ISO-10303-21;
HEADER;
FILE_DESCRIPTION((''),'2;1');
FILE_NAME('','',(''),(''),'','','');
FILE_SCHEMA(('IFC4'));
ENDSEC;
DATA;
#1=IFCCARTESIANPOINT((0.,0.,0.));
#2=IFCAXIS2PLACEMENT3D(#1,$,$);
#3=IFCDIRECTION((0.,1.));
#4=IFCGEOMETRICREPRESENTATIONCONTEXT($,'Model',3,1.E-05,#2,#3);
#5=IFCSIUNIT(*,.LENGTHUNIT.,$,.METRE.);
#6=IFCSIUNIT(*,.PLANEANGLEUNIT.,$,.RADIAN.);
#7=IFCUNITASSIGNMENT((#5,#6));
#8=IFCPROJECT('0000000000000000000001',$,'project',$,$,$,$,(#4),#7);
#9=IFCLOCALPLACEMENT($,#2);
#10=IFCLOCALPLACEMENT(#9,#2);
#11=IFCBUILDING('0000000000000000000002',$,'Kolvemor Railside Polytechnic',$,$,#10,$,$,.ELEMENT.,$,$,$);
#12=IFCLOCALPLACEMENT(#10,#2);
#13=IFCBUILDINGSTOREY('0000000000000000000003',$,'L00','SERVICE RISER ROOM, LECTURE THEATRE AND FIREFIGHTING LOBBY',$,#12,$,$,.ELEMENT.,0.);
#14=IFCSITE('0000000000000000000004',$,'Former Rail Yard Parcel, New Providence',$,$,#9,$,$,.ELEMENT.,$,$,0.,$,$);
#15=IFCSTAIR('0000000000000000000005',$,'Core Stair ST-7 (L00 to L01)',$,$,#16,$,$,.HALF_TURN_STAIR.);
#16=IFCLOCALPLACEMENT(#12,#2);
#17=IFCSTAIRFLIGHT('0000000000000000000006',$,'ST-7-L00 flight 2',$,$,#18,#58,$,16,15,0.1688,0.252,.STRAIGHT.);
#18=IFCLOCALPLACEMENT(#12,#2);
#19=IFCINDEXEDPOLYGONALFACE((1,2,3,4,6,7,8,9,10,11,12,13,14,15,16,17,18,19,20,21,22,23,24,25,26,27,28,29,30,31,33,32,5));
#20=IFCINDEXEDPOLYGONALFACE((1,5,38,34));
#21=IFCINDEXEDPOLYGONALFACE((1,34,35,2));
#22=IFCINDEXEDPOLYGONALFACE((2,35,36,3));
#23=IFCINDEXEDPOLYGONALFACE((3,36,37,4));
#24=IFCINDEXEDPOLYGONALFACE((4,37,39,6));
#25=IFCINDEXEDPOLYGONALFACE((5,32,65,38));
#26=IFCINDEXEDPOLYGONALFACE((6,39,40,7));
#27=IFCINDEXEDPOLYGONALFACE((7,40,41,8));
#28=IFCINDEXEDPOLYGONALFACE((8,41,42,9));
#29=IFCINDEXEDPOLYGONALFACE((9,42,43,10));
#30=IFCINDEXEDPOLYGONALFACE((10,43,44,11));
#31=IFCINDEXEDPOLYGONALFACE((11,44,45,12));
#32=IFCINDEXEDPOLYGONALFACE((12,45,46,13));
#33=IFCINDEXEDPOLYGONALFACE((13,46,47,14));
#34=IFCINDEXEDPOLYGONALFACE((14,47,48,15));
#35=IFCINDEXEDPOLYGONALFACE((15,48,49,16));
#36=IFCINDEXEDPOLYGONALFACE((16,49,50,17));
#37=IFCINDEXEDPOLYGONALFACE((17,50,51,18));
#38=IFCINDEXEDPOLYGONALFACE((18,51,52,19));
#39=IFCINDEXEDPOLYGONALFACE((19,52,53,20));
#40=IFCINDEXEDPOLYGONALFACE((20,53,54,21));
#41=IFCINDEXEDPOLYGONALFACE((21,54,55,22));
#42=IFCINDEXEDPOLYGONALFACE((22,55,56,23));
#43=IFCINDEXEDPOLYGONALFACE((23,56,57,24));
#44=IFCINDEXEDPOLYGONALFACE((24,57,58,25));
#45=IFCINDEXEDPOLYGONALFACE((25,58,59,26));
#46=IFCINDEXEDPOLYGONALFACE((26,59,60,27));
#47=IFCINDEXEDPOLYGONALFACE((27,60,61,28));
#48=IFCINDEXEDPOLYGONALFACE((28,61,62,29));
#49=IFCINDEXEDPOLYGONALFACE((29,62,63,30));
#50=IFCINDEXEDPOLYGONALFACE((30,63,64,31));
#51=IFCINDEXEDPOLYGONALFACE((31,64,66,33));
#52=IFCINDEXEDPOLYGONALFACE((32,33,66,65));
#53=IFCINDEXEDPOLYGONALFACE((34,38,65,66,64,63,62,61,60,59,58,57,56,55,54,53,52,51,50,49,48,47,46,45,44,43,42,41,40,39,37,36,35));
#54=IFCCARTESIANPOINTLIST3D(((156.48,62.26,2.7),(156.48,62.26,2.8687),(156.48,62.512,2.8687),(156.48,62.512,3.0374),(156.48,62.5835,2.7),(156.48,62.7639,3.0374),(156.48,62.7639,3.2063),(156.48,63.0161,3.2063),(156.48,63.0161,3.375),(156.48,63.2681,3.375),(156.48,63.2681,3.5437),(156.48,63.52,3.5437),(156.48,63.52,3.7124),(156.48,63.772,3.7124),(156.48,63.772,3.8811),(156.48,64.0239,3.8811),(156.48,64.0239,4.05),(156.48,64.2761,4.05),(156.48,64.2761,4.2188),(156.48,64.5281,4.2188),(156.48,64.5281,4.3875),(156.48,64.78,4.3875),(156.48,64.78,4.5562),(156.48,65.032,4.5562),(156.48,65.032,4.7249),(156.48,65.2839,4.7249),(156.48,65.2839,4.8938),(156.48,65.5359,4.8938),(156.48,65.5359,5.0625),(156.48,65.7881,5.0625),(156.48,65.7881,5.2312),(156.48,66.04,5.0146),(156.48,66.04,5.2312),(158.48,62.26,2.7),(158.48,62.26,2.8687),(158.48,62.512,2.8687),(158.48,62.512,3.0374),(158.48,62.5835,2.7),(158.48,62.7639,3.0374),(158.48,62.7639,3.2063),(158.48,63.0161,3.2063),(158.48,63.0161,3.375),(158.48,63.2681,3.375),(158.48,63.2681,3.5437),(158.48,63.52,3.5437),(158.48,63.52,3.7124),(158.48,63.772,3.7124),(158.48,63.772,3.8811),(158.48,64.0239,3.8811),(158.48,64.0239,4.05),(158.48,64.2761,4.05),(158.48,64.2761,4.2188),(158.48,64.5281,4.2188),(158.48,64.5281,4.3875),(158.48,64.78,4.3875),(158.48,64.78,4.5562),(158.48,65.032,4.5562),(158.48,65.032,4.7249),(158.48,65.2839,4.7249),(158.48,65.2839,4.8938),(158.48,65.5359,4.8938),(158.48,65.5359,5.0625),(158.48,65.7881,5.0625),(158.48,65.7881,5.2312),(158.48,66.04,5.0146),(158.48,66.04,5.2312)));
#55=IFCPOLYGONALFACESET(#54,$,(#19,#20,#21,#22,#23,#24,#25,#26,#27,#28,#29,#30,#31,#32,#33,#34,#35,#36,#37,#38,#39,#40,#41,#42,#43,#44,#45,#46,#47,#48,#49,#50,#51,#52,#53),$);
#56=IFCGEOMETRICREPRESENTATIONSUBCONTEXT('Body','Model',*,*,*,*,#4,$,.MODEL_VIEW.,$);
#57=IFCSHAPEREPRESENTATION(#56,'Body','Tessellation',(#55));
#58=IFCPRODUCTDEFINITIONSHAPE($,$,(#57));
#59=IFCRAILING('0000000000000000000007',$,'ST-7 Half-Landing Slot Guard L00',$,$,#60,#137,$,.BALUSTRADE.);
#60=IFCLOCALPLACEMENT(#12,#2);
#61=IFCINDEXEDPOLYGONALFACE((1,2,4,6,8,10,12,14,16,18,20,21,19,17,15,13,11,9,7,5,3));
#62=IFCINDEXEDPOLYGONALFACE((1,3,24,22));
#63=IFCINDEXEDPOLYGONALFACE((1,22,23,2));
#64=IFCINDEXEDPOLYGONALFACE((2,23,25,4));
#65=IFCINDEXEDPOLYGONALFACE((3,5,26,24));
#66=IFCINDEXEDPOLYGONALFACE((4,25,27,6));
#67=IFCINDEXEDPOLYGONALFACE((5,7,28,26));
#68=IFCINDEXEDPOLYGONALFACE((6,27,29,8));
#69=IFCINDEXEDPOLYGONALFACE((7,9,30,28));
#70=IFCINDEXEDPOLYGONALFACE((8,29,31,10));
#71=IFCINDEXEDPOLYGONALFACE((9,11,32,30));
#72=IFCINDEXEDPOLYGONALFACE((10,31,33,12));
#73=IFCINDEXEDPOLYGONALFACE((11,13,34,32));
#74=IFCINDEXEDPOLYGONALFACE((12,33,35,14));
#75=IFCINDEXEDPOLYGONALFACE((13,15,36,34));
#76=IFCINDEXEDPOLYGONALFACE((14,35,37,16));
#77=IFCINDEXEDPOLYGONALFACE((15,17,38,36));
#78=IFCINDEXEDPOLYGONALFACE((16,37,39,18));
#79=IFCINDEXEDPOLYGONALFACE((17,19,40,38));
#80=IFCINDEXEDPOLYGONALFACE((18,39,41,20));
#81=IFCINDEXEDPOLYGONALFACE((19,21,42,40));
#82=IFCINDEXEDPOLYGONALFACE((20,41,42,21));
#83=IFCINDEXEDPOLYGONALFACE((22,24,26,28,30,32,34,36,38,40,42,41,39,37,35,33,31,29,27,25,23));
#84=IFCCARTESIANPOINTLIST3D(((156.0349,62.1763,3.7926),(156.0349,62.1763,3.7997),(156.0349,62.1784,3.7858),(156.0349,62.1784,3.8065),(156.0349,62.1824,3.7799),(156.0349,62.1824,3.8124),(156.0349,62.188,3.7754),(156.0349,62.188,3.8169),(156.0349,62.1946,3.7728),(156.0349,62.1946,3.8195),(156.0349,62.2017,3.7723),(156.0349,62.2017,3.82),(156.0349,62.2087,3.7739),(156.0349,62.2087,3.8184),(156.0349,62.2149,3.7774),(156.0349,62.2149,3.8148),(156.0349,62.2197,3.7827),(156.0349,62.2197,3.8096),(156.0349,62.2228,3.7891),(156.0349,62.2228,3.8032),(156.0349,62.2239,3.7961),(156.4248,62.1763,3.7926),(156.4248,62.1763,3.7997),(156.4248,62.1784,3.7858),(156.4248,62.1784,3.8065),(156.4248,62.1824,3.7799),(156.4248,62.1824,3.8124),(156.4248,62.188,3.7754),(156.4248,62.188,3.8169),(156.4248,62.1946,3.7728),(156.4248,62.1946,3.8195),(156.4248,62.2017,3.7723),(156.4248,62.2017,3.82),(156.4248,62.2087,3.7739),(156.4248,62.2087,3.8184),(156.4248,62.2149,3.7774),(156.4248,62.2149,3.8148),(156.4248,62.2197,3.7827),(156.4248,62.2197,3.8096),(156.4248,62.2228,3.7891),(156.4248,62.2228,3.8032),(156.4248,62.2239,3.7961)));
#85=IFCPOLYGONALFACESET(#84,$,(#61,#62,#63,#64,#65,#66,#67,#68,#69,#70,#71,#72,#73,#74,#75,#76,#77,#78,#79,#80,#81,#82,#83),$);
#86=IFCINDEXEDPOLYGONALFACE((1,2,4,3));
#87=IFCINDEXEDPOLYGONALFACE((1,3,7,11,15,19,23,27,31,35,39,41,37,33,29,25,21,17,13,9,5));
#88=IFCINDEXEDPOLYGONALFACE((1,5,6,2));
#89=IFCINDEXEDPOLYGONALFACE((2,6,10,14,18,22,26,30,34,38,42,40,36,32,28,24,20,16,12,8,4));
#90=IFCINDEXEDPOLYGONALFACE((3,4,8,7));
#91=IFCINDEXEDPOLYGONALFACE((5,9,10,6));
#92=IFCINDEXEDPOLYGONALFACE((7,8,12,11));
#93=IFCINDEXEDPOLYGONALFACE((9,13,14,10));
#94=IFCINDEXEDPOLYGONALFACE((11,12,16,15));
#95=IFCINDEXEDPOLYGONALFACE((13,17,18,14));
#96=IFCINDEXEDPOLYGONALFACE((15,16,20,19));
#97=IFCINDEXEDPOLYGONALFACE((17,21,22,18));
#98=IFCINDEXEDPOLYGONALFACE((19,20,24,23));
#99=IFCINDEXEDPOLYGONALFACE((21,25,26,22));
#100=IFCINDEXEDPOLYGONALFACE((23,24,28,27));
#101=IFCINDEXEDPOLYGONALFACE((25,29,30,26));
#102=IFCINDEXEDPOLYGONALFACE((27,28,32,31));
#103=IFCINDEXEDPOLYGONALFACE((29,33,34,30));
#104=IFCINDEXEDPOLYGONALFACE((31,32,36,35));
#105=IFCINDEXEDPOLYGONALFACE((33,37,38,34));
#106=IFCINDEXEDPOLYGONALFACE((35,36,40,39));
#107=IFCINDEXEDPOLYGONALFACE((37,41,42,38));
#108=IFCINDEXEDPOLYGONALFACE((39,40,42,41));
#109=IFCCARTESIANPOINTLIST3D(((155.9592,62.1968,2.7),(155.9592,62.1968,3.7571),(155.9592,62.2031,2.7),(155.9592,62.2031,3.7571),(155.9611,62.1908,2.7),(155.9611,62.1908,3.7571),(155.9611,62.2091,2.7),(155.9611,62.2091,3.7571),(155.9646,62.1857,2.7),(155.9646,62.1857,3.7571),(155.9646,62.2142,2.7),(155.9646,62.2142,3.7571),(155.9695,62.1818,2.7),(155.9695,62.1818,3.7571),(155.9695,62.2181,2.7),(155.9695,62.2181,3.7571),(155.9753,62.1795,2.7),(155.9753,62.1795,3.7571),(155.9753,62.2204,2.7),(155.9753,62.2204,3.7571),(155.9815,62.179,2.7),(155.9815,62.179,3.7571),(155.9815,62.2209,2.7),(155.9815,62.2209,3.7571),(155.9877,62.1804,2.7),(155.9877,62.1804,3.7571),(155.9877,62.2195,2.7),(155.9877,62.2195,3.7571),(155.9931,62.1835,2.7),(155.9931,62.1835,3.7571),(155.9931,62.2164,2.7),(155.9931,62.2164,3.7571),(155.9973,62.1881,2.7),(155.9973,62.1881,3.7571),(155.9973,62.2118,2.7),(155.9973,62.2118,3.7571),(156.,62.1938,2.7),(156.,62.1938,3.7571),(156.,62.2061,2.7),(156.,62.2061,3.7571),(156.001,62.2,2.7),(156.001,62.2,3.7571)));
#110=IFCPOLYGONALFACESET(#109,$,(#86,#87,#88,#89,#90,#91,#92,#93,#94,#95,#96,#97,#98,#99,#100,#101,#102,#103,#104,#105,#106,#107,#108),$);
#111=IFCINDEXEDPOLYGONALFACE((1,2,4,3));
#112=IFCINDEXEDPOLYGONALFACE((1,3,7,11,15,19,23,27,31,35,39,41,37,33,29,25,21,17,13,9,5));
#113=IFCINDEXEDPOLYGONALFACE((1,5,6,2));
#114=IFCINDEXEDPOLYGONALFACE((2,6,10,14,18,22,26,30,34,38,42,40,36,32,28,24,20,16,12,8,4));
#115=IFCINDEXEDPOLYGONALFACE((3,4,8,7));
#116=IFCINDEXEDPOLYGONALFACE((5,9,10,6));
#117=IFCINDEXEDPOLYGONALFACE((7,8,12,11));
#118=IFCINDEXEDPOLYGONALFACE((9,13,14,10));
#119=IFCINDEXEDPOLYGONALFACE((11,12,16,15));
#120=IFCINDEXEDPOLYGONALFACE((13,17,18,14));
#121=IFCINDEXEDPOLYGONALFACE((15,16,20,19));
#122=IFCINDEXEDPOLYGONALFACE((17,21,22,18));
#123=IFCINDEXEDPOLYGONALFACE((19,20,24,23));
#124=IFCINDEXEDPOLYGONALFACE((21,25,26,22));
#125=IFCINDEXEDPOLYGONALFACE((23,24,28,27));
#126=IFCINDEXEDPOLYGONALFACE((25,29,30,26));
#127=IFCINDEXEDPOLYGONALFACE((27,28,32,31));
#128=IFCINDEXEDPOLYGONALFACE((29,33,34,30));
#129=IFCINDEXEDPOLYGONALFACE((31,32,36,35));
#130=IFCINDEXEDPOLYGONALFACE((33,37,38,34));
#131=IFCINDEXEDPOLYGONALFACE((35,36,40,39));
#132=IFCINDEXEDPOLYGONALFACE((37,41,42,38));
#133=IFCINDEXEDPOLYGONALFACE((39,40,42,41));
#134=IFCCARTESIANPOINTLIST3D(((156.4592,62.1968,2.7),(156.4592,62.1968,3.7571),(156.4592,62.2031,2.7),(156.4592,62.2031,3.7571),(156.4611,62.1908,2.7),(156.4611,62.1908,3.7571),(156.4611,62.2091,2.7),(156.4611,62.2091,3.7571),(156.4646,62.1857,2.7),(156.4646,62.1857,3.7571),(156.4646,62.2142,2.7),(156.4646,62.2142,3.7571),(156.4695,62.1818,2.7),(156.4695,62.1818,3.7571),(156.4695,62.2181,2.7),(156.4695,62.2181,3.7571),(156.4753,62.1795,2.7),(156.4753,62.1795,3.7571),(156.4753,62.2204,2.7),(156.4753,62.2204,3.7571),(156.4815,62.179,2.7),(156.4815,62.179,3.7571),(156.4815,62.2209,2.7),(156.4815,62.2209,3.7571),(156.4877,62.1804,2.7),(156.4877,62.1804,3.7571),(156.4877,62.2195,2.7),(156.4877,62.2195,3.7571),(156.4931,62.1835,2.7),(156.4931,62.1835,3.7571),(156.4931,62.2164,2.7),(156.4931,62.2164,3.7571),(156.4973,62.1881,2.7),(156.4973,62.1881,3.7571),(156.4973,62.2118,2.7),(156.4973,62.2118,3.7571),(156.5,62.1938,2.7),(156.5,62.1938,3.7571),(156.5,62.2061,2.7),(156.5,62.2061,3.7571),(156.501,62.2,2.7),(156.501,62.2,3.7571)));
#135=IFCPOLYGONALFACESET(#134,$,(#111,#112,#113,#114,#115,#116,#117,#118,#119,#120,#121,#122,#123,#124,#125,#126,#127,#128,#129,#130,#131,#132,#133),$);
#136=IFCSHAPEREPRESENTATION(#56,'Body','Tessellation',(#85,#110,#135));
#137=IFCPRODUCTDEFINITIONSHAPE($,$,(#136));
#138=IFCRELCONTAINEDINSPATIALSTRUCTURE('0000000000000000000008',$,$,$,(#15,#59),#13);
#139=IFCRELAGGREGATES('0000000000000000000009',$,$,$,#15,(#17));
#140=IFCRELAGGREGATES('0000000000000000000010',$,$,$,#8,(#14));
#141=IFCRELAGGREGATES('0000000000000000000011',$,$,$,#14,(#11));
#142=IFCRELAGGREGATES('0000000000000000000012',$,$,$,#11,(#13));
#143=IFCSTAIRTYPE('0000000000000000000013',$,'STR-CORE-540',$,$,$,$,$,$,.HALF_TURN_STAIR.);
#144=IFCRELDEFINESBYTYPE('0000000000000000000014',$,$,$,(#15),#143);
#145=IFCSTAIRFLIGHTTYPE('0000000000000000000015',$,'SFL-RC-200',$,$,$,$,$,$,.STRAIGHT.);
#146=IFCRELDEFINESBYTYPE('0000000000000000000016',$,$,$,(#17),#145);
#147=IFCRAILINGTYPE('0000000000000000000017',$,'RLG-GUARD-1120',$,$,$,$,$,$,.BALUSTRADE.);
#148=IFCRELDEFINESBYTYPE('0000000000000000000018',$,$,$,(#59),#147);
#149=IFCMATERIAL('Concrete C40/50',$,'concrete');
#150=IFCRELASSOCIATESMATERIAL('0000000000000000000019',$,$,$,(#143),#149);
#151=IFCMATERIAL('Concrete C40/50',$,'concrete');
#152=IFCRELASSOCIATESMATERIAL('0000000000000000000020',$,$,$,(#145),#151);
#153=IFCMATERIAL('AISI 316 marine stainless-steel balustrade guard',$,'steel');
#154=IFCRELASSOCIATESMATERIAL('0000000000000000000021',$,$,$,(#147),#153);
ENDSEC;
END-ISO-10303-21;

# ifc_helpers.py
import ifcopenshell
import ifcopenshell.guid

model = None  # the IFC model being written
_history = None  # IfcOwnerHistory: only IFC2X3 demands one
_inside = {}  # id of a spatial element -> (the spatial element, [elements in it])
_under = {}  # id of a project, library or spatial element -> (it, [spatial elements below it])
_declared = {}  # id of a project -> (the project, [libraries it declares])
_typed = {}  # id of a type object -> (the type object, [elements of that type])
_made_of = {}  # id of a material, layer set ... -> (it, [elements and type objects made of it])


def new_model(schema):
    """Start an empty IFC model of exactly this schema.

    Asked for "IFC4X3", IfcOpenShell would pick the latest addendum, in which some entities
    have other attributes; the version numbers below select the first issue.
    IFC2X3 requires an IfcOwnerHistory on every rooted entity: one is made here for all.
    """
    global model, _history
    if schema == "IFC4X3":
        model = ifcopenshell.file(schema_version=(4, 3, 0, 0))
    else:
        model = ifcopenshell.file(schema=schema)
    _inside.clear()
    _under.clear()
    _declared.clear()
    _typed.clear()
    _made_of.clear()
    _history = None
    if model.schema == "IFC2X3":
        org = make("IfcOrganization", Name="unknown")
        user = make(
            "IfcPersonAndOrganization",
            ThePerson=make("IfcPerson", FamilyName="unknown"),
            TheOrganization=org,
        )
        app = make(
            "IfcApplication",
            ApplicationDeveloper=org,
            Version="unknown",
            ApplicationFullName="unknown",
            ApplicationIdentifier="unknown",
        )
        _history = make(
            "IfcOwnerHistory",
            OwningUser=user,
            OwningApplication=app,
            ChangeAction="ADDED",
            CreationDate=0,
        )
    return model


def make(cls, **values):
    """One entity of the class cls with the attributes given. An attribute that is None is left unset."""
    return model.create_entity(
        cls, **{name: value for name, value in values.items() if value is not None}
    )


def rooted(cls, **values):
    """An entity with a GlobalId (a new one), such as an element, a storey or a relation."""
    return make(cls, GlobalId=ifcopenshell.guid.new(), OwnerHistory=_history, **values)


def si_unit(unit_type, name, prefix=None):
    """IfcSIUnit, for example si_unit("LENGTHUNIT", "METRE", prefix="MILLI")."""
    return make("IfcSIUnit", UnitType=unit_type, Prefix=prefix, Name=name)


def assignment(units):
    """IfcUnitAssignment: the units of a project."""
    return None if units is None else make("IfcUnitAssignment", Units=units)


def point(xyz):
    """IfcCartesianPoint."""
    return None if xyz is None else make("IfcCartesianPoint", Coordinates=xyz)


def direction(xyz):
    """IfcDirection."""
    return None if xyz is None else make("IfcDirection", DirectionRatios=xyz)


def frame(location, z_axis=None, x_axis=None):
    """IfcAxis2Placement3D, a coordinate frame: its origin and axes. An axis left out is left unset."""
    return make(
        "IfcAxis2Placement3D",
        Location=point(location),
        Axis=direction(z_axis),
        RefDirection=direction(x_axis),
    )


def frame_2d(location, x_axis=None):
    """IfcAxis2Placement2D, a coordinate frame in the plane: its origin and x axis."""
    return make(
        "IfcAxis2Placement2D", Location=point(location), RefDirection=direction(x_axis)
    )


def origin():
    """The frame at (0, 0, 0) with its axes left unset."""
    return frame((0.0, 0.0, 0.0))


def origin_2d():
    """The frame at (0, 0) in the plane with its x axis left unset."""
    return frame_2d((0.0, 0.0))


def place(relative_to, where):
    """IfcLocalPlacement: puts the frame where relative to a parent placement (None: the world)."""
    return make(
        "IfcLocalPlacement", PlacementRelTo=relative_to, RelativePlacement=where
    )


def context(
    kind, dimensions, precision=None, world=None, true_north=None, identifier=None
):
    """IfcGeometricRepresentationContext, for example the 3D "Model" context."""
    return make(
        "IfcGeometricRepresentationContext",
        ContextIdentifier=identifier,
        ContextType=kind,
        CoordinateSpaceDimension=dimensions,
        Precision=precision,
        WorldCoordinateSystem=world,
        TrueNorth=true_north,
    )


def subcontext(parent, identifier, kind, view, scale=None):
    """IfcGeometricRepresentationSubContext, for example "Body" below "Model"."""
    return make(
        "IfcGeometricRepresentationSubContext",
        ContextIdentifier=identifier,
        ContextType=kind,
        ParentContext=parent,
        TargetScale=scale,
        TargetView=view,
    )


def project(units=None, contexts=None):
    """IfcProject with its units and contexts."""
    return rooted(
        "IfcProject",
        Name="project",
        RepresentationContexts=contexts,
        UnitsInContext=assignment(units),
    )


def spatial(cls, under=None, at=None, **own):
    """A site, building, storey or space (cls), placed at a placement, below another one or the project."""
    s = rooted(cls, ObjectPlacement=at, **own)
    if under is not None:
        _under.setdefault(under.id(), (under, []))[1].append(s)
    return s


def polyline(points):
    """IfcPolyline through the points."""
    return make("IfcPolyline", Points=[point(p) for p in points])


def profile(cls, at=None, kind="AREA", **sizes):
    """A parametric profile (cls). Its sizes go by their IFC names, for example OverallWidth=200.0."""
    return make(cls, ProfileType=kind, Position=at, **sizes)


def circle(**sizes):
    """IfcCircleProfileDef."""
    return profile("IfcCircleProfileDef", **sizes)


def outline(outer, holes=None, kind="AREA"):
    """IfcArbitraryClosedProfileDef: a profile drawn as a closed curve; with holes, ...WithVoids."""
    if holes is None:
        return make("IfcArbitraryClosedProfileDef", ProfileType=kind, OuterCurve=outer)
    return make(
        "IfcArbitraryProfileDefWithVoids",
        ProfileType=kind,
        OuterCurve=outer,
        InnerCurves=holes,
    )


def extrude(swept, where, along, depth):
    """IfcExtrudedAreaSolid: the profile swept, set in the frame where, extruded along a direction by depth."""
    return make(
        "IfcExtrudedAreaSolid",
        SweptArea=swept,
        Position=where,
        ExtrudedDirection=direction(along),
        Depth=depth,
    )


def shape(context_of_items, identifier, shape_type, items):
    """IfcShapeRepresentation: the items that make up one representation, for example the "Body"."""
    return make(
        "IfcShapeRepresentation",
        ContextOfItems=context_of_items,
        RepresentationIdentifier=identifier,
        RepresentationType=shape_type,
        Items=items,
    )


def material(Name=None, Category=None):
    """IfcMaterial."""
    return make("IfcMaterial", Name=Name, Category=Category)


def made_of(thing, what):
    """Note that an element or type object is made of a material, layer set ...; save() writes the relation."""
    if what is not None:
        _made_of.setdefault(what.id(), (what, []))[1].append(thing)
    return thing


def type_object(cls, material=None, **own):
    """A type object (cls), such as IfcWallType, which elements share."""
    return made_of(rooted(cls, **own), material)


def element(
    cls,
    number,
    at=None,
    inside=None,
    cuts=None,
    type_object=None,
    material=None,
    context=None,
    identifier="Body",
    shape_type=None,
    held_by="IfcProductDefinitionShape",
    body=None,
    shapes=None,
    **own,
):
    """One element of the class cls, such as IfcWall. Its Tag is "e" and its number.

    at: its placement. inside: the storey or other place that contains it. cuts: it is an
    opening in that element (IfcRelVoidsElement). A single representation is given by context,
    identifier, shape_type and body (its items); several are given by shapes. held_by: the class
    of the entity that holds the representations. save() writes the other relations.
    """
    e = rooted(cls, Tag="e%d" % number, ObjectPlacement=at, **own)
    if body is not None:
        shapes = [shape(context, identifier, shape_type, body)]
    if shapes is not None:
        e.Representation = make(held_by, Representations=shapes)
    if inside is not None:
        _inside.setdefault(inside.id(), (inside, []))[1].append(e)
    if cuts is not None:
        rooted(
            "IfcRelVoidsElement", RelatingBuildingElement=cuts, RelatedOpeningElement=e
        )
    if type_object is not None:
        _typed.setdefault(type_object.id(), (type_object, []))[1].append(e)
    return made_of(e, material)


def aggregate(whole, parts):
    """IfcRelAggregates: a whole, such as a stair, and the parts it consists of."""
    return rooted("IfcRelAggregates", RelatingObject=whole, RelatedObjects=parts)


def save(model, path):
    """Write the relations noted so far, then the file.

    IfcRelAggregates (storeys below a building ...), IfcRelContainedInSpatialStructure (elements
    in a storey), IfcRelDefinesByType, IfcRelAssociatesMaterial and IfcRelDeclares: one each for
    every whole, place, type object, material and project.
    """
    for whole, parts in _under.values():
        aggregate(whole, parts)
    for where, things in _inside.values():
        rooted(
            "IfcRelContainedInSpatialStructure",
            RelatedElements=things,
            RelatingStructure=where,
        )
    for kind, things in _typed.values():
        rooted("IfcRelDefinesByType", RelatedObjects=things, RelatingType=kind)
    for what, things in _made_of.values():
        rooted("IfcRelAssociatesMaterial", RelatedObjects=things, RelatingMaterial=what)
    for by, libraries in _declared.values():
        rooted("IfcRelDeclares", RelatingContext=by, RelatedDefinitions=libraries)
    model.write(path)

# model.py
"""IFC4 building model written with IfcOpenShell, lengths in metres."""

from ifc_helpers import new_model, si_unit, direction, frame, origin, origin_2d, place, context, subcontext, project, spatial, polyline, circle, outline, extrude, material, type_object, element, aggregate, save


model = new_model("IFC4")

# Units and contexts
model_context = context("Model", 3, precision=1e-05, world=origin(), true_north=direction((0.0, 1.0)))
body_context = subcontext(model_context, "Body", "Model", "MODEL_VIEW")
ifc_project = project(units=[si_unit("LENGTHUNIT", "METRE"), si_unit("PLANEANGLEUNIT", "RADIAN")], contexts=[model_context])

# Site, building, storey
site_placement = place(None, origin())
site = spatial("IfcSite", under=ifc_project, at=site_placement, Name="Former Rail Yard Parcel, New Providence", CompositionType="ELEMENT", RefElevation=0.0)
building_placement = place(site_placement, origin())
building = spatial("IfcBuilding", under=site, at=building_placement, Name="Kolvemor Railside Polytechnic", CompositionType="ELEMENT")
storey_placement = place(building_placement, origin())
storey = spatial("IfcBuildingStorey", under=building, at=storey_placement, Name="L00", Description="SERVICE RISER ROOM, LECTURE THEATRE AND FIREFIGHTING LOBBY", CompositionType="ELEMENT", Elevation=0.0)

# Stair, stair flight
ifc_material_1 = material(Name="Concrete C40/50", Category="concrete")
stair_type = type_object("IfcStairType", Name="STR-CORE-540", PredefinedType="HALF_TURN_STAIR", material=ifc_material_1)
stair_placement = place(storey_placement, origin())
stair = element("IfcStair", 1, at=stair_placement, inside=storey, type_object=stair_type, Name="Core Stair ST-7 (L00 to L01)", PredefinedType="HALF_TURN_STAIR")
ifc_material_2 = material(Name="Concrete C40/50", Category="concrete")
stair_flight_type = type_object("IfcStairFlightType", Name="SFL-RC-200", PredefinedType="STRAIGHT", material=ifc_material_2)
stair_flight_1_placement = place(storey_placement, frame((157.48, 62.26, 2.7), z_axis=(0.0, 0.0, 1.0), x_axis=(0.0, 1.0, 0.0)))
stair_flight_1 = element("IfcStairFlight", 2, at=stair_flight_1_placement, type_object=stair_flight_type, Name="ST-7-L00 flight 2", NumberOfRisers=16, NumberOfTreads=15, PredefinedType="STRAIGHT", RiserHeight=0.1688, TreadLength=0.252, context=body_context, shape_type="SweptSolid", body=[
    extrude(outline(polyline([(0.0, 0.0), (0.0, 0.1687), (0.252, 0.1687), (0.252, 0.3374), (0.5039, 0.3374), (0.5039, 0.5063), (0.7561, 0.5063), (0.7561, 0.675), (1.0081, 0.675), (1.0081, 0.8438), (1.26, 0.8438), (1.26, 1.0125), (1.512, 1.0125), (1.512, 1.1812), (1.7639, 1.1812), (1.7639, 1.3501), (2.0161, 1.3501), (2.0161, 1.5188), (2.2681, 1.5188), (2.2681, 1.6875), (2.52, 1.6875), (2.52, 1.8562), (2.772, 1.8562), (2.772, 2.0249), (3.0239, 2.0249), (3.0239, 2.1938), (3.2759, 2.1938), (3.2759, 2.3625), (3.5281, 2.3625), (3.5281, 2.5312), (3.78, 2.5312), (3.78, 2.7), (3.78, 2.3147), (0.3235, 0.0), (0.0, 0.0)])), frame((0.0, 1.0, 0.0), z_axis=(0.0, -1.0, 0.0), x_axis=(1.0, 0.0, 0.0)), (0.0, 0.0, 1.0), 2.0),
])
aggregate(stair, [stair_flight_1])

# Railing
ifc_material_3 = material(Name="AISI 316 marine stainless-steel balustrade guard", Category="steel")
railing_type_1 = type_object("IfcRailingType", Name="RLG-GUARD-1120", PredefinedType="BALUSTRADE", material=ifc_material_3)
railing_1_placement = place(storey_placement, frame((155.98, 62.2, 2.7)))
element("IfcRailing", 3, at=railing_1_placement, inside=storey, type_object=railing_type_1, Name="ST-7 Half-Landing Slot Guard L00", PredefinedType="BALUSTRADE", context=body_context, shape_type="SweptSolid", body=[
    extrude(circle(Radius=0.0239, at=origin_2d()), frame((0.0549, 0.0, 1.0962), z_axis=(1.0, 0.0, 0.0), x_axis=(0.0, 1.0, 0.0)), (0.0, 0.0, 1.0), 0.3899),
    extrude(circle(Radius=0.021, at=origin_2d()), origin(), (0.0, 0.0, 1.0), 1.0571),
    extrude(circle(Radius=0.021, at=origin_2d()), frame((0.5, 0.0, 0.0)), (0.0, 0.0, 1.0), 1.0571),
])

save(model, "model.ifc")
